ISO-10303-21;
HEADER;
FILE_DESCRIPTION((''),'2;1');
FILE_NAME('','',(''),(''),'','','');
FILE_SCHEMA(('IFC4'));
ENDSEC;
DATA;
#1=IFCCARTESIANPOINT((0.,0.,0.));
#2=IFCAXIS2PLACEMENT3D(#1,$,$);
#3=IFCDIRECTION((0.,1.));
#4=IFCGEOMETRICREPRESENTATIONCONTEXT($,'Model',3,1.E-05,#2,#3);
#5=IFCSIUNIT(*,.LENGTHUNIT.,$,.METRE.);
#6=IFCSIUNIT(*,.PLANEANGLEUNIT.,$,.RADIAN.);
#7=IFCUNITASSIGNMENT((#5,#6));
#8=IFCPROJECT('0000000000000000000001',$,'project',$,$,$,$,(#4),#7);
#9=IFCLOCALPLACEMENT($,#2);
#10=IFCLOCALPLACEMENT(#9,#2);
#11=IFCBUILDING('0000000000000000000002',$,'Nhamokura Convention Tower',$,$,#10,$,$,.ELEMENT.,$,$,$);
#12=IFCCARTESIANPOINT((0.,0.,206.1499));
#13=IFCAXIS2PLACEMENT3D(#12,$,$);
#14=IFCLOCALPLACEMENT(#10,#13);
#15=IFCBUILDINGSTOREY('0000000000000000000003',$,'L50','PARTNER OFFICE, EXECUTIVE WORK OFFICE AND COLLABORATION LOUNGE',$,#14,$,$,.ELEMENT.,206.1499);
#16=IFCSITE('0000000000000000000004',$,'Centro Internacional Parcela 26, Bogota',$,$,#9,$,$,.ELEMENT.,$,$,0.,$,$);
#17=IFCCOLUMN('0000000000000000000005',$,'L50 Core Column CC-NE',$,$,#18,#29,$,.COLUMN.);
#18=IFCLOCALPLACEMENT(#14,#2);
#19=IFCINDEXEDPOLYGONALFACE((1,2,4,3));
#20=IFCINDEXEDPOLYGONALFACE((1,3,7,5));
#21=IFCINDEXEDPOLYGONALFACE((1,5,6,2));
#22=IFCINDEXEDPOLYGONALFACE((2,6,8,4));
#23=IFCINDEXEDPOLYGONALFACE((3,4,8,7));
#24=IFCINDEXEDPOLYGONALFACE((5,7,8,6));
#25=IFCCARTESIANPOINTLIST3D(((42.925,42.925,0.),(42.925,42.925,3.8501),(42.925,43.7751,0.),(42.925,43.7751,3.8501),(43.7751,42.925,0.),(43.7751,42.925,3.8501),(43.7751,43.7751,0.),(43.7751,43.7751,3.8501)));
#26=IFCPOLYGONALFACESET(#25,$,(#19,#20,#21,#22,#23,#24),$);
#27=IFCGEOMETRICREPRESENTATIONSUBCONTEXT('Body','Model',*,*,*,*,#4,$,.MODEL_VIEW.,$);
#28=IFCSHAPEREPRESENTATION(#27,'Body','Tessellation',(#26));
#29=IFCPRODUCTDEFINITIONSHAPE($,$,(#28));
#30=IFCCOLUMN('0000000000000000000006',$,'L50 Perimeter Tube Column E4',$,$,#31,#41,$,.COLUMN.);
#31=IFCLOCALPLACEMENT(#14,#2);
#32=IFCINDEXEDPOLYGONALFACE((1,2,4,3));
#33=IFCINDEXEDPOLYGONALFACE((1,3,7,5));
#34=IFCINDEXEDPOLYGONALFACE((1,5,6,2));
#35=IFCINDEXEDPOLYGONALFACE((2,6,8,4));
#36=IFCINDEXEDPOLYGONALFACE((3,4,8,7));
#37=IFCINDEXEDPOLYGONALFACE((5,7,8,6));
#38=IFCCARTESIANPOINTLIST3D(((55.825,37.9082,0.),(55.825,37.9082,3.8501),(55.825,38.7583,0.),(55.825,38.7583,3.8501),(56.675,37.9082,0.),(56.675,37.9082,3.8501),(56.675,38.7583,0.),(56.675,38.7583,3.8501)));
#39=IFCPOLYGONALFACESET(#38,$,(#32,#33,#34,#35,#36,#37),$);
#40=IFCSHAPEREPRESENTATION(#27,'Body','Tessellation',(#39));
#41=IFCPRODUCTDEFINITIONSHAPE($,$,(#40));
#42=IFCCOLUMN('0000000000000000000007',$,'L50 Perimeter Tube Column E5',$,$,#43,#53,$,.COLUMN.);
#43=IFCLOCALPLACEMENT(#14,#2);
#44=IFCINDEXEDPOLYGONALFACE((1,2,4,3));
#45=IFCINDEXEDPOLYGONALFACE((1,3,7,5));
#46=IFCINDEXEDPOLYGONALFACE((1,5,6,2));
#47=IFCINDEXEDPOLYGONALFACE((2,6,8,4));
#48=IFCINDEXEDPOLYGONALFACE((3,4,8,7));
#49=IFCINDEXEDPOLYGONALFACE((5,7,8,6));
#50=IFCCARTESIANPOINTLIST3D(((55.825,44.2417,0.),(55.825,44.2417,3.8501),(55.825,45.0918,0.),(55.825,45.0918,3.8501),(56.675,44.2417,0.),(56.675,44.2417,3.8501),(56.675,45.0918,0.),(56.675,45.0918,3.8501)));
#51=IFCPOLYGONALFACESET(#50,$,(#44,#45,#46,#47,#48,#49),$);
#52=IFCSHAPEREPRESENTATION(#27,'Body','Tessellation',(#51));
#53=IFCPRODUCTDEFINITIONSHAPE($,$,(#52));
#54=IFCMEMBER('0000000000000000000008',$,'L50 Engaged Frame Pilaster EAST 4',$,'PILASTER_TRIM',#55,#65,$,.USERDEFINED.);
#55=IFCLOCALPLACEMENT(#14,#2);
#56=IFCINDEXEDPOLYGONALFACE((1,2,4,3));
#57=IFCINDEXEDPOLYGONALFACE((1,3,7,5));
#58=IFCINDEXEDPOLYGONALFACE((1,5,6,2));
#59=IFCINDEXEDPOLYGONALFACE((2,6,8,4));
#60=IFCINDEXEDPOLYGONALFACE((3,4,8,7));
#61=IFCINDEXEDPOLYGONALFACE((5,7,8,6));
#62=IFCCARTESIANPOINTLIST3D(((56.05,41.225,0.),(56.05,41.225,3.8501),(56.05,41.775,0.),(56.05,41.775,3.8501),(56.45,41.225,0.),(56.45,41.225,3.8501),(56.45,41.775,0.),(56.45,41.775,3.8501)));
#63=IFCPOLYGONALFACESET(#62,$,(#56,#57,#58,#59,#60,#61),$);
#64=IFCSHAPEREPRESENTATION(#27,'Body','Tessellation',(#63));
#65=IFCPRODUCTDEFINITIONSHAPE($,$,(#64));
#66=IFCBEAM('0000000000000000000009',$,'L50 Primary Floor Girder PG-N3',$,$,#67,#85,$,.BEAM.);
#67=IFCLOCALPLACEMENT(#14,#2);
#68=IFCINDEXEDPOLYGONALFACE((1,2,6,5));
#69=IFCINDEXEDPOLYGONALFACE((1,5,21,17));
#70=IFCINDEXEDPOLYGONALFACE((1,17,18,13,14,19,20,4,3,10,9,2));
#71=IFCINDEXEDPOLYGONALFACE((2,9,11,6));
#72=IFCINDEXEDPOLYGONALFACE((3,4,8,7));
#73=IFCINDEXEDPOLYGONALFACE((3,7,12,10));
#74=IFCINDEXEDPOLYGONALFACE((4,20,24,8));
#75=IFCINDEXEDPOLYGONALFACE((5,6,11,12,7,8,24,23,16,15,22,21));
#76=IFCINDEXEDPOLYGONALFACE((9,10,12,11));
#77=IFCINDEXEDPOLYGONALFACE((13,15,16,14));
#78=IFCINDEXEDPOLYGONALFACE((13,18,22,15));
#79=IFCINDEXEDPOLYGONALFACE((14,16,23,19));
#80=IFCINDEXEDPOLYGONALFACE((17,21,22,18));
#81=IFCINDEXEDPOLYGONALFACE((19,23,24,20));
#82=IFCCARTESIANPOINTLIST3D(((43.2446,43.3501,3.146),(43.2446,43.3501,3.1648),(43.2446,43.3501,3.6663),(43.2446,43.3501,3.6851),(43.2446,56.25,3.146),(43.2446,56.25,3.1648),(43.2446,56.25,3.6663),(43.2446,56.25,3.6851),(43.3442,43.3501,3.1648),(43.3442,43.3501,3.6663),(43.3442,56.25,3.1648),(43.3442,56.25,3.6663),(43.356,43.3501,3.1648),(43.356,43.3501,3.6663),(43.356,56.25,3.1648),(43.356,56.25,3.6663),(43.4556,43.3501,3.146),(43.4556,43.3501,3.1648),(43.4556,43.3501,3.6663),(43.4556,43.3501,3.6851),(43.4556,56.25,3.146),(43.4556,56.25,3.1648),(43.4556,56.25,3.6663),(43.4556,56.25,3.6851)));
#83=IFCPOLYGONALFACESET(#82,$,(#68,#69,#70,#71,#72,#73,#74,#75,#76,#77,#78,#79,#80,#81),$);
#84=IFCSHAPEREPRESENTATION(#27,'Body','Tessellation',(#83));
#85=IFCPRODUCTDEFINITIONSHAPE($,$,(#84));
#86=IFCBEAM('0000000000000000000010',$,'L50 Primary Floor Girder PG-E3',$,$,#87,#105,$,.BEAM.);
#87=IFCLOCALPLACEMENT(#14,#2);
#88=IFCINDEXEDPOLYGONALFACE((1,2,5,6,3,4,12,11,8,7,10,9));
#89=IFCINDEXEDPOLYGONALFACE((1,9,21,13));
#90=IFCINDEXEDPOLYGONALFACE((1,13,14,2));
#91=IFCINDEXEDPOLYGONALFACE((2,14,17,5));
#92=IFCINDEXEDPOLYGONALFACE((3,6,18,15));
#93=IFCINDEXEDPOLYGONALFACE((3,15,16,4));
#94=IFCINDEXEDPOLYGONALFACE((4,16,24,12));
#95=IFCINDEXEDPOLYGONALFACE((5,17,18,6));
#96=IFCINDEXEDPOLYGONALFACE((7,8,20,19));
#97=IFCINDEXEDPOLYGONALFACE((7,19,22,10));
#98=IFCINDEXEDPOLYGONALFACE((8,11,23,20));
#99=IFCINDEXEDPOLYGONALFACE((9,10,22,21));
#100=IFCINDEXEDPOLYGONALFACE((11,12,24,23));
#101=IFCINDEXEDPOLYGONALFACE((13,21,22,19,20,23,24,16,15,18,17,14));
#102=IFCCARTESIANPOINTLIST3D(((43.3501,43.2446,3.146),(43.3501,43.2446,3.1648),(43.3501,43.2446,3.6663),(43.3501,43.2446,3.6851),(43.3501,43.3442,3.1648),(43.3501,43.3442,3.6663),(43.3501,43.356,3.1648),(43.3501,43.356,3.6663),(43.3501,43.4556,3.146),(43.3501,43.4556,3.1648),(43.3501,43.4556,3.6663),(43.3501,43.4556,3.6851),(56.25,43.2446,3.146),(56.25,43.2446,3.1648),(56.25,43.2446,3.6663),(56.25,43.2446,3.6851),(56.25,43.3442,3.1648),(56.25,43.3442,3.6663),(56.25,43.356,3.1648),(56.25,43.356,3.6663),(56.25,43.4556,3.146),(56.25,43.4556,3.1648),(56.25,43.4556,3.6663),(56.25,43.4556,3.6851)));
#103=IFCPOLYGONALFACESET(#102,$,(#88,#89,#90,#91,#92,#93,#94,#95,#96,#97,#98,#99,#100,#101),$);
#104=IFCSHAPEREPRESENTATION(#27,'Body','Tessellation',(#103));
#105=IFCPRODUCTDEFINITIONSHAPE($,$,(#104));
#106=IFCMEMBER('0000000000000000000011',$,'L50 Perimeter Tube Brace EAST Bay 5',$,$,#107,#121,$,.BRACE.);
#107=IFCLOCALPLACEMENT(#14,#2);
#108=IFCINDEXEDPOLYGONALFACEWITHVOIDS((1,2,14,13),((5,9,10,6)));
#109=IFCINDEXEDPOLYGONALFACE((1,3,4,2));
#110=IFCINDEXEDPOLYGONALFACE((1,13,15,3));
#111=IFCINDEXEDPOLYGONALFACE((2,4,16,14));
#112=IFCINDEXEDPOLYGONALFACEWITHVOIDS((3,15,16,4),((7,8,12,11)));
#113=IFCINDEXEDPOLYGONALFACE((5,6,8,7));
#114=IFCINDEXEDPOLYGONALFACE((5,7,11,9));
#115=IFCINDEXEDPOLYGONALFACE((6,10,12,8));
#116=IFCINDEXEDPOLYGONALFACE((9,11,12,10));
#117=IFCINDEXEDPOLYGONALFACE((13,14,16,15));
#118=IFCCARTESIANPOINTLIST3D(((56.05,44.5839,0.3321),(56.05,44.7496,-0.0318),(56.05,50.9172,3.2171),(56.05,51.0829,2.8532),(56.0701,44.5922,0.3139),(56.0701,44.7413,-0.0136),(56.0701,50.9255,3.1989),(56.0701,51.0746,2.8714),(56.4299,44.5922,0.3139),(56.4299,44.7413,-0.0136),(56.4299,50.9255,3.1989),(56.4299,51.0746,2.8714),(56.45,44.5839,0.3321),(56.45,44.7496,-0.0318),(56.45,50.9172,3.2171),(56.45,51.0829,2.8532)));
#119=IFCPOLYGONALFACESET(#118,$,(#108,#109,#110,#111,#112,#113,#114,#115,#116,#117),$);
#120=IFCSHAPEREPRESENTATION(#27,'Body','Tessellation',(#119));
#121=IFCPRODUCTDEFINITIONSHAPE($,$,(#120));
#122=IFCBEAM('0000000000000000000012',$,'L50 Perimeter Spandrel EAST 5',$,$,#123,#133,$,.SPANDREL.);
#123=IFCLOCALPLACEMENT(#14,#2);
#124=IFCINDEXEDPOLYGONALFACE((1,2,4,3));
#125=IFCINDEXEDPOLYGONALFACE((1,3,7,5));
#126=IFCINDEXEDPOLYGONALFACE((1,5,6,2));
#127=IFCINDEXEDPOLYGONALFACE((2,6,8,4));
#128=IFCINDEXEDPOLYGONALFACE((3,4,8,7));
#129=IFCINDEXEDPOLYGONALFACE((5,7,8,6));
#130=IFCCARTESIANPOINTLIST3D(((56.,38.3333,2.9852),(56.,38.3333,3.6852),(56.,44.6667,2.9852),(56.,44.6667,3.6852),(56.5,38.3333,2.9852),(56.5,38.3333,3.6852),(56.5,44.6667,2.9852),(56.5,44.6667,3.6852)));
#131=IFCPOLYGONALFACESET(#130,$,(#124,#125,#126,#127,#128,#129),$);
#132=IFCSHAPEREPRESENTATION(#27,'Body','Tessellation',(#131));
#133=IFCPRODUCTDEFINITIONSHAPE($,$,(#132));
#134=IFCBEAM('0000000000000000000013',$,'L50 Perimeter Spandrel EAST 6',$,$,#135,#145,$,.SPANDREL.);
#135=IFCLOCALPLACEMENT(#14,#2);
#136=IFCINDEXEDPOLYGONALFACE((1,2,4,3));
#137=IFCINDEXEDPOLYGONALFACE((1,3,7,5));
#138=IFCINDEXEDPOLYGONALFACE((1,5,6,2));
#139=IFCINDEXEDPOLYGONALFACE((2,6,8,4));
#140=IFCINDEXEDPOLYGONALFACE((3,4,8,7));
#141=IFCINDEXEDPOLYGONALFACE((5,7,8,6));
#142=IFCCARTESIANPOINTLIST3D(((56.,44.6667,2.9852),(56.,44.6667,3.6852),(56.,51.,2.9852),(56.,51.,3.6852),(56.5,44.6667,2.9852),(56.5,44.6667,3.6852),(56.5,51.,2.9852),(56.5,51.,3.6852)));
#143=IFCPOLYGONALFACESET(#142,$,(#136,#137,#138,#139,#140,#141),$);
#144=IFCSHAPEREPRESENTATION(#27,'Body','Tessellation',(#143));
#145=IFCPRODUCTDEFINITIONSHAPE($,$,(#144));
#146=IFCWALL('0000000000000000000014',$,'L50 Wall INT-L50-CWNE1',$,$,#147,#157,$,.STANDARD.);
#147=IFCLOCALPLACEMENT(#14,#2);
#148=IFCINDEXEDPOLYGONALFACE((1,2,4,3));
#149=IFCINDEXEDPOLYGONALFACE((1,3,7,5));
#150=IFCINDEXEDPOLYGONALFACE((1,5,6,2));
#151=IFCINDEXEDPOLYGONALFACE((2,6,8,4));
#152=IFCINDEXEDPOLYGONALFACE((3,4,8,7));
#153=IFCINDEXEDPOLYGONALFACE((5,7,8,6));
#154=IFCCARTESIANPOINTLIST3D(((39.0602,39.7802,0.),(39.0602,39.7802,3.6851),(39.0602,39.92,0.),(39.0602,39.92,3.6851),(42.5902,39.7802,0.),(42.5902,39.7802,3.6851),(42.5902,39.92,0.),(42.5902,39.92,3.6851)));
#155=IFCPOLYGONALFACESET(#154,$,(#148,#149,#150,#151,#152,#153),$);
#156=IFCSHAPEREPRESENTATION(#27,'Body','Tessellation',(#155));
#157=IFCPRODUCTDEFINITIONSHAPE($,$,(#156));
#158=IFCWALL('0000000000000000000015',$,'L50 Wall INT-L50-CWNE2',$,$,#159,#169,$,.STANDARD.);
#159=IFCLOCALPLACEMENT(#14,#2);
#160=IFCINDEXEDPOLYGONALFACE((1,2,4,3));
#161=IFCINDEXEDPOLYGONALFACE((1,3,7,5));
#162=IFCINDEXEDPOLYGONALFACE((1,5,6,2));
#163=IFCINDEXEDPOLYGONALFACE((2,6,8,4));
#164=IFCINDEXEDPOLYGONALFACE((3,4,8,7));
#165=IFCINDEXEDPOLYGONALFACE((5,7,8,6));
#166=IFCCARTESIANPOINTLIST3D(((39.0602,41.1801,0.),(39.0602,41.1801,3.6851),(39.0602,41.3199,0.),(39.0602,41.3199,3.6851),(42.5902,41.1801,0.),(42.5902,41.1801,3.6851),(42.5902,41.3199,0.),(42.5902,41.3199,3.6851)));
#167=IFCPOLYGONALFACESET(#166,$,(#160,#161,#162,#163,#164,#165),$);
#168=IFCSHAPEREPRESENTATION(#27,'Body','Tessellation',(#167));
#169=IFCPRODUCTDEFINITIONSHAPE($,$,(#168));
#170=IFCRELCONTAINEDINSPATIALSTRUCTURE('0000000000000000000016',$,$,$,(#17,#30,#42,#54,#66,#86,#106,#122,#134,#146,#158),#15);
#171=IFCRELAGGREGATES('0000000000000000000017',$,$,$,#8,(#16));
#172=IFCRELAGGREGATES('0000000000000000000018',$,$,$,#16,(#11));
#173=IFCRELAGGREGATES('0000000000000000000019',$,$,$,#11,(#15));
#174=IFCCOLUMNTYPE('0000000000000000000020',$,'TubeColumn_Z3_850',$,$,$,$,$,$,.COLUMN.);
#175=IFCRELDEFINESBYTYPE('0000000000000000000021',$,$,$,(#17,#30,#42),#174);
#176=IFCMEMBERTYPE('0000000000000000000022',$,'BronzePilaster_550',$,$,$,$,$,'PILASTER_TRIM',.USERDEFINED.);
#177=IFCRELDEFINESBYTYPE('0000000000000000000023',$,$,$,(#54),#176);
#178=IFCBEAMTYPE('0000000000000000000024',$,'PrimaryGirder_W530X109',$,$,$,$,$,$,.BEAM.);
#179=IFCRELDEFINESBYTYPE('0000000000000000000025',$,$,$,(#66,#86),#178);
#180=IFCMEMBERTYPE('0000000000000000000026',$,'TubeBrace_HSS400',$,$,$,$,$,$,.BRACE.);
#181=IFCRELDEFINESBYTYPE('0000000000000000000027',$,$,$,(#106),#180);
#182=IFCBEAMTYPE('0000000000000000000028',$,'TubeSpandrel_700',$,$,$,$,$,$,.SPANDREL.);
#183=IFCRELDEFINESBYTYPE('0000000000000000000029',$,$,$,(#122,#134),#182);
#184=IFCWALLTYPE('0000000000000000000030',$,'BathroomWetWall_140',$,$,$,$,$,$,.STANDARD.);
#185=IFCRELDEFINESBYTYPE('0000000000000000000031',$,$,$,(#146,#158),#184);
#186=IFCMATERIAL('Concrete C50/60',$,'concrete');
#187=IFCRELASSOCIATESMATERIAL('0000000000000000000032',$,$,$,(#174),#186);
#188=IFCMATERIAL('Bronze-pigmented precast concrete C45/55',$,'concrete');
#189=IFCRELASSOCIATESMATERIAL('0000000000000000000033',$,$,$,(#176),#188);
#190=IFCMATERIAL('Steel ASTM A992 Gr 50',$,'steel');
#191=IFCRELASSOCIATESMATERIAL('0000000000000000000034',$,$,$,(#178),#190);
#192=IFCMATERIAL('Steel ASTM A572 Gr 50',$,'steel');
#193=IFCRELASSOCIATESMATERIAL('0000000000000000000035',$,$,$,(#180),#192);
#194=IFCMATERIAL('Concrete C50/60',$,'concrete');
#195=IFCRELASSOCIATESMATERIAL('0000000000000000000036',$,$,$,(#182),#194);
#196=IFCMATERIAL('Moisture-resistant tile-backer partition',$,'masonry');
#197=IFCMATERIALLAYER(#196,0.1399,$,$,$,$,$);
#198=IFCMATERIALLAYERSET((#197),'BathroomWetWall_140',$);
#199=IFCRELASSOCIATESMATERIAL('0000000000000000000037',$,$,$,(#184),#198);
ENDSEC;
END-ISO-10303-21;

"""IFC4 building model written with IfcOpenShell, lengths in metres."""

from ifc_helpers import new_model, si_unit, direction, frame, frame_2d, origin, origin_2d, place, context, subcontext, project, spatial, rectangle, hollow_rectangle, i_section, extrude, material, layer, layer_set, material_profile, profile_set, type_object, element, save


model = new_model("IFC4")

# Units and contexts
model_context = context("Model", 3, precision=1e-05, world=origin(), true_north=direction((0.0, 1.0)))
body_context = subcontext(model_context, "Body", "Model", "MODEL_VIEW")
ifc_project = project(units=[si_unit("LENGTHUNIT", "METRE"), si_unit("PLANEANGLEUNIT", "RADIAN")], contexts=[model_context])

# Site, building, storey
site_placement = place(None, origin())
site = spatial("IfcSite", under=ifc_project, at=site_placement, Name="Centro Internacional Parcela 26, Bogota", CompositionType="ELEMENT", RefElevation=0.0)
building_placement = place(site_placement, origin())
building = spatial("IfcBuilding", under=site, at=building_placement, Name="Nhamokura Convention Tower", CompositionType="ELEMENT")
storey_placement = place(building_placement, frame((0.0, 0.0, 206.1499)))
storey = spatial("IfcBuildingStorey", under=building, at=storey_placement, Name="L50", Description="PARTNER OFFICE, EXECUTIVE WORK OFFICE AND COLLABORATION LOUNGE", CompositionType="ELEMENT", Elevation=206.1499)

# Columns
ifc_material_1 = material(Name="Concrete C50/60", Category="concrete")
ifc_material_profile_1 = material_profile(ifc_material_1, rectangle(XDim=0.8501, YDim=0.8501, at=origin_2d()))
ifc_profile_set_1 = profile_set([ifc_material_profile_1], Name="Concrete C50/60")
column_type = type_object("IfcColumnType", Name="TubeColumn_Z3_850", PredefinedType="COLUMN", material=ifc_profile_set_1)
for number, where, z_axis, x_axis, name in (
    (1, (43.3501, 43.3501, 0.0), (0.0, 0.0, 1.0), (1.0, 0.0, 0.0), "L50 Core Column CC-NE"),
    (2, (56.25, 38.3333, 0.0), (0.0, 0.0, 1.0), (1.0, 0.0, 0.0), "L50 Perimeter Tube Column E4"),
    (3, (56.25, 44.6667, 0.0), (0.0, 0.0, 1.0), (1.0, 0.0, 0.0), "L50 Perimeter Tube Column E5"),
):
    element("IfcColumn", number, at=place(storey_placement, frame(where, z_axis=z_axis, x_axis=x_axis)), inside=storey, type_object=column_type, Name=name, PredefinedType="COLUMN", context=body_context, shape_type="SweptSolid", body=[
        extrude(rectangle(XDim=0.8501, YDim=0.8501, at=origin_2d()), origin(), (0.0, 0.0, 1.0), 3.8501),
    ])

# Member
ifc_material_2 = material(Name="Bronze-pigmented precast concrete C45/55", Category="concrete")
ifc_material_profile_2 = material_profile(ifc_material_2, rectangle(XDim=0.3999, YDim=0.55, at=origin_2d()))
ifc_profile_set_2 = profile_set([ifc_material_profile_2], Name="Bronze-pigmented precast concrete C45/55")
member_type_1 = type_object("IfcMemberType", Name="BronzePilaster_550", ElementType="PILASTER_TRIM", PredefinedType="USERDEFINED", material=ifc_profile_set_2)
member_1_placement = place(storey_placement, frame((56.25, 41.5, 0.0), z_axis=(0.0, 0.0, 1.0), x_axis=(1.0, 0.0, 0.0)))
element("IfcMember", 4, at=member_1_placement, inside=storey, type_object=member_type_1, Name="L50 Engaged Frame Pilaster EAST 4", ObjectType="PILASTER_TRIM", PredefinedType="USERDEFINED", context=body_context, shape_type="SweptSolid", body=[
    extrude(rectangle(XDim=0.3999, YDim=0.55, at=origin_2d()), origin(), (0.0, 0.0, 1.0), 3.8501),
])

# Beams
ifc_material_3 = material(Name="Steel ASTM A992 Gr 50", Category="steel")
ifc_material_profile_3 = material_profile(ifc_material_3, i_section(OverallWidth=0.2109, OverallDepth=0.5391, WebThickness=0.0117, FlangeThickness=0.0188, at=origin_2d()))
ifc_profile_set_3 = profile_set([ifc_material_profile_3], Name="Steel ASTM A992 Gr 50")
beam_type_1 = type_object("IfcBeamType", Name="PrimaryGirder_W530X109", PredefinedType="BEAM", material=ifc_profile_set_3)
for number, where, z_axis, x_axis, name in (
    (5, (43.3501, 43.3501, 3.4155), (0.0, 1.0, 0.0), (-1.0, 0.0, 0.0), "L50 Primary Floor Girder PG-N3"),
    (6, (43.3501, 43.3501, 3.4155), (1.0, 0.0, 0.0), (0.0, 1.0, 0.0), "L50 Primary Floor Girder PG-E3"),
):
    element("IfcBeam", number, at=place(storey_placement, frame(where, z_axis=z_axis, x_axis=x_axis)), inside=storey, type_object=beam_type_1, Name=name, PredefinedType="BEAM", context=body_context, shape_type="SweptSolid", body=[
        extrude(i_section(OverallWidth=0.2109, OverallDepth=0.5391, WebThickness=0.0117, FlangeThickness=0.0188, at=origin_2d()), origin(), (0.0, 0.0, 1.0), 12.8999),
    ])

# Member
ifc_material_4 = material(Name="Steel ASTM A572 Gr 50", Category="steel")
ifc_material_profile_4 = material_profile(ifc_material_4, hollow_rectangle(XDim=0.3999, YDim=0.3999, WallThickness=0.02, at=origin_2d()))
ifc_profile_set_4 = profile_set([ifc_material_profile_4], Name="Steel ASTM A572 Gr 50")
member_type_2 = type_object("IfcMemberType", Name="TubeBrace_HSS400", PredefinedType="BRACE", material=ifc_profile_set_4)
member_2_placement = place(storey_placement, frame((56.25, 44.6667, 0.1501), z_axis=(0.0, 0.910027, 0.414548), x_axis=(-1.0, 0.0, 0.0)))
element("IfcMember", 7, at=member_2_placement, inside=storey, type_object=member_type_2, Name="L50 Perimeter Tube Brace EAST Bay 5", PredefinedType="BRACE", context=body_context, shape_type="SweptSolid", body=[
    extrude(hollow_rectangle(XDim=0.3999, YDim=0.3999, WallThickness=0.02, at=origin_2d()), origin(), (0.0, 0.0, 1.0), 6.9595),
])

# Beams
ifc_material_5 = material(Name="Concrete C50/60", Category="concrete")
ifc_material_profile_5 = material_profile(ifc_material_5, rectangle(XDim=0.5, YDim=0.7, at=origin_2d()))
ifc_profile_set_5 = profile_set([ifc_material_profile_5], Name="Concrete C50/60")
beam_type_2 = type_object("IfcBeamType", Name="TubeSpandrel_700", PredefinedType="SPANDREL", material=ifc_profile_set_5)
beam_1_placement = place(storey_placement, frame((56.25, 38.3333, 3.3352), z_axis=(0.0, 1.0, 0.0), x_axis=(-1.0, 0.0, 0.0)))
element("IfcBeam", 8, at=beam_1_placement, inside=storey, type_object=beam_type_2, Name="L50 Perimeter Spandrel EAST 5", PredefinedType="SPANDREL", context=body_context, shape_type="SweptSolid", body=[
    extrude(rectangle(XDim=0.5, YDim=0.7, at=origin_2d()), origin(), (0.0, 0.0, 1.0), 6.3335),
])
beam_2_placement = place(storey_placement, frame((56.25, 44.6667, 3.3352), z_axis=(0.0, 1.0, 0.0), x_axis=(-1.0, 0.0, 0.0)))
element("IfcBeam", 9, at=beam_2_placement, inside=storey, type_object=beam_type_2, Name="L50 Perimeter Spandrel EAST 6", PredefinedType="SPANDREL", context=body_context, shape_type="SweptSolid", body=[
    extrude(rectangle(XDim=0.5, YDim=0.7, at=origin_2d()), origin(), (0.0, 0.0, 1.0), 6.3333),
])

# Walls
ifc_material_6 = material(Name="Moisture-resistant tile-backer partition", Category="masonry")
ifc_layer_1 = layer(ifc_material_6, 0.1399)
ifc_layer_set_1 = layer_set([ifc_layer_1], Name="BathroomWetWall_140")
wall_type_1 = type_object("IfcWallType", Name="BathroomWetWall_140", PredefinedType="STANDARD", material=ifc_layer_set_1)
for number, where, z_axis, x_axis, name in (
    (10, (39.0601, 39.8501, 0.0), (0.0, 0.0, 1.0), (1.0, 0.0, 0.0), "L50 Wall INT-L50-CWNE1"),
    (11, (39.0601, 41.25, 0.0), (0.0, 0.0, 1.0), (1.0, 0.0, 0.0), "L50 Wall INT-L50-CWNE2"),
):
    element("IfcWall", number, at=place(storey_placement, frame(where, z_axis=z_axis, x_axis=x_axis)), inside=storey, type_object=wall_type_1, Name=name, PredefinedType="STANDARD", context=body_context, shape_type="SweptSolid", body=[
        extrude(rectangle(XDim=3.53, YDim=0.1399, at=frame_2d((1.7651, 0.0))), origin(), (0.0, 0.0, 1.0), 3.6851),
    ])

save(model, "model.ifc")
